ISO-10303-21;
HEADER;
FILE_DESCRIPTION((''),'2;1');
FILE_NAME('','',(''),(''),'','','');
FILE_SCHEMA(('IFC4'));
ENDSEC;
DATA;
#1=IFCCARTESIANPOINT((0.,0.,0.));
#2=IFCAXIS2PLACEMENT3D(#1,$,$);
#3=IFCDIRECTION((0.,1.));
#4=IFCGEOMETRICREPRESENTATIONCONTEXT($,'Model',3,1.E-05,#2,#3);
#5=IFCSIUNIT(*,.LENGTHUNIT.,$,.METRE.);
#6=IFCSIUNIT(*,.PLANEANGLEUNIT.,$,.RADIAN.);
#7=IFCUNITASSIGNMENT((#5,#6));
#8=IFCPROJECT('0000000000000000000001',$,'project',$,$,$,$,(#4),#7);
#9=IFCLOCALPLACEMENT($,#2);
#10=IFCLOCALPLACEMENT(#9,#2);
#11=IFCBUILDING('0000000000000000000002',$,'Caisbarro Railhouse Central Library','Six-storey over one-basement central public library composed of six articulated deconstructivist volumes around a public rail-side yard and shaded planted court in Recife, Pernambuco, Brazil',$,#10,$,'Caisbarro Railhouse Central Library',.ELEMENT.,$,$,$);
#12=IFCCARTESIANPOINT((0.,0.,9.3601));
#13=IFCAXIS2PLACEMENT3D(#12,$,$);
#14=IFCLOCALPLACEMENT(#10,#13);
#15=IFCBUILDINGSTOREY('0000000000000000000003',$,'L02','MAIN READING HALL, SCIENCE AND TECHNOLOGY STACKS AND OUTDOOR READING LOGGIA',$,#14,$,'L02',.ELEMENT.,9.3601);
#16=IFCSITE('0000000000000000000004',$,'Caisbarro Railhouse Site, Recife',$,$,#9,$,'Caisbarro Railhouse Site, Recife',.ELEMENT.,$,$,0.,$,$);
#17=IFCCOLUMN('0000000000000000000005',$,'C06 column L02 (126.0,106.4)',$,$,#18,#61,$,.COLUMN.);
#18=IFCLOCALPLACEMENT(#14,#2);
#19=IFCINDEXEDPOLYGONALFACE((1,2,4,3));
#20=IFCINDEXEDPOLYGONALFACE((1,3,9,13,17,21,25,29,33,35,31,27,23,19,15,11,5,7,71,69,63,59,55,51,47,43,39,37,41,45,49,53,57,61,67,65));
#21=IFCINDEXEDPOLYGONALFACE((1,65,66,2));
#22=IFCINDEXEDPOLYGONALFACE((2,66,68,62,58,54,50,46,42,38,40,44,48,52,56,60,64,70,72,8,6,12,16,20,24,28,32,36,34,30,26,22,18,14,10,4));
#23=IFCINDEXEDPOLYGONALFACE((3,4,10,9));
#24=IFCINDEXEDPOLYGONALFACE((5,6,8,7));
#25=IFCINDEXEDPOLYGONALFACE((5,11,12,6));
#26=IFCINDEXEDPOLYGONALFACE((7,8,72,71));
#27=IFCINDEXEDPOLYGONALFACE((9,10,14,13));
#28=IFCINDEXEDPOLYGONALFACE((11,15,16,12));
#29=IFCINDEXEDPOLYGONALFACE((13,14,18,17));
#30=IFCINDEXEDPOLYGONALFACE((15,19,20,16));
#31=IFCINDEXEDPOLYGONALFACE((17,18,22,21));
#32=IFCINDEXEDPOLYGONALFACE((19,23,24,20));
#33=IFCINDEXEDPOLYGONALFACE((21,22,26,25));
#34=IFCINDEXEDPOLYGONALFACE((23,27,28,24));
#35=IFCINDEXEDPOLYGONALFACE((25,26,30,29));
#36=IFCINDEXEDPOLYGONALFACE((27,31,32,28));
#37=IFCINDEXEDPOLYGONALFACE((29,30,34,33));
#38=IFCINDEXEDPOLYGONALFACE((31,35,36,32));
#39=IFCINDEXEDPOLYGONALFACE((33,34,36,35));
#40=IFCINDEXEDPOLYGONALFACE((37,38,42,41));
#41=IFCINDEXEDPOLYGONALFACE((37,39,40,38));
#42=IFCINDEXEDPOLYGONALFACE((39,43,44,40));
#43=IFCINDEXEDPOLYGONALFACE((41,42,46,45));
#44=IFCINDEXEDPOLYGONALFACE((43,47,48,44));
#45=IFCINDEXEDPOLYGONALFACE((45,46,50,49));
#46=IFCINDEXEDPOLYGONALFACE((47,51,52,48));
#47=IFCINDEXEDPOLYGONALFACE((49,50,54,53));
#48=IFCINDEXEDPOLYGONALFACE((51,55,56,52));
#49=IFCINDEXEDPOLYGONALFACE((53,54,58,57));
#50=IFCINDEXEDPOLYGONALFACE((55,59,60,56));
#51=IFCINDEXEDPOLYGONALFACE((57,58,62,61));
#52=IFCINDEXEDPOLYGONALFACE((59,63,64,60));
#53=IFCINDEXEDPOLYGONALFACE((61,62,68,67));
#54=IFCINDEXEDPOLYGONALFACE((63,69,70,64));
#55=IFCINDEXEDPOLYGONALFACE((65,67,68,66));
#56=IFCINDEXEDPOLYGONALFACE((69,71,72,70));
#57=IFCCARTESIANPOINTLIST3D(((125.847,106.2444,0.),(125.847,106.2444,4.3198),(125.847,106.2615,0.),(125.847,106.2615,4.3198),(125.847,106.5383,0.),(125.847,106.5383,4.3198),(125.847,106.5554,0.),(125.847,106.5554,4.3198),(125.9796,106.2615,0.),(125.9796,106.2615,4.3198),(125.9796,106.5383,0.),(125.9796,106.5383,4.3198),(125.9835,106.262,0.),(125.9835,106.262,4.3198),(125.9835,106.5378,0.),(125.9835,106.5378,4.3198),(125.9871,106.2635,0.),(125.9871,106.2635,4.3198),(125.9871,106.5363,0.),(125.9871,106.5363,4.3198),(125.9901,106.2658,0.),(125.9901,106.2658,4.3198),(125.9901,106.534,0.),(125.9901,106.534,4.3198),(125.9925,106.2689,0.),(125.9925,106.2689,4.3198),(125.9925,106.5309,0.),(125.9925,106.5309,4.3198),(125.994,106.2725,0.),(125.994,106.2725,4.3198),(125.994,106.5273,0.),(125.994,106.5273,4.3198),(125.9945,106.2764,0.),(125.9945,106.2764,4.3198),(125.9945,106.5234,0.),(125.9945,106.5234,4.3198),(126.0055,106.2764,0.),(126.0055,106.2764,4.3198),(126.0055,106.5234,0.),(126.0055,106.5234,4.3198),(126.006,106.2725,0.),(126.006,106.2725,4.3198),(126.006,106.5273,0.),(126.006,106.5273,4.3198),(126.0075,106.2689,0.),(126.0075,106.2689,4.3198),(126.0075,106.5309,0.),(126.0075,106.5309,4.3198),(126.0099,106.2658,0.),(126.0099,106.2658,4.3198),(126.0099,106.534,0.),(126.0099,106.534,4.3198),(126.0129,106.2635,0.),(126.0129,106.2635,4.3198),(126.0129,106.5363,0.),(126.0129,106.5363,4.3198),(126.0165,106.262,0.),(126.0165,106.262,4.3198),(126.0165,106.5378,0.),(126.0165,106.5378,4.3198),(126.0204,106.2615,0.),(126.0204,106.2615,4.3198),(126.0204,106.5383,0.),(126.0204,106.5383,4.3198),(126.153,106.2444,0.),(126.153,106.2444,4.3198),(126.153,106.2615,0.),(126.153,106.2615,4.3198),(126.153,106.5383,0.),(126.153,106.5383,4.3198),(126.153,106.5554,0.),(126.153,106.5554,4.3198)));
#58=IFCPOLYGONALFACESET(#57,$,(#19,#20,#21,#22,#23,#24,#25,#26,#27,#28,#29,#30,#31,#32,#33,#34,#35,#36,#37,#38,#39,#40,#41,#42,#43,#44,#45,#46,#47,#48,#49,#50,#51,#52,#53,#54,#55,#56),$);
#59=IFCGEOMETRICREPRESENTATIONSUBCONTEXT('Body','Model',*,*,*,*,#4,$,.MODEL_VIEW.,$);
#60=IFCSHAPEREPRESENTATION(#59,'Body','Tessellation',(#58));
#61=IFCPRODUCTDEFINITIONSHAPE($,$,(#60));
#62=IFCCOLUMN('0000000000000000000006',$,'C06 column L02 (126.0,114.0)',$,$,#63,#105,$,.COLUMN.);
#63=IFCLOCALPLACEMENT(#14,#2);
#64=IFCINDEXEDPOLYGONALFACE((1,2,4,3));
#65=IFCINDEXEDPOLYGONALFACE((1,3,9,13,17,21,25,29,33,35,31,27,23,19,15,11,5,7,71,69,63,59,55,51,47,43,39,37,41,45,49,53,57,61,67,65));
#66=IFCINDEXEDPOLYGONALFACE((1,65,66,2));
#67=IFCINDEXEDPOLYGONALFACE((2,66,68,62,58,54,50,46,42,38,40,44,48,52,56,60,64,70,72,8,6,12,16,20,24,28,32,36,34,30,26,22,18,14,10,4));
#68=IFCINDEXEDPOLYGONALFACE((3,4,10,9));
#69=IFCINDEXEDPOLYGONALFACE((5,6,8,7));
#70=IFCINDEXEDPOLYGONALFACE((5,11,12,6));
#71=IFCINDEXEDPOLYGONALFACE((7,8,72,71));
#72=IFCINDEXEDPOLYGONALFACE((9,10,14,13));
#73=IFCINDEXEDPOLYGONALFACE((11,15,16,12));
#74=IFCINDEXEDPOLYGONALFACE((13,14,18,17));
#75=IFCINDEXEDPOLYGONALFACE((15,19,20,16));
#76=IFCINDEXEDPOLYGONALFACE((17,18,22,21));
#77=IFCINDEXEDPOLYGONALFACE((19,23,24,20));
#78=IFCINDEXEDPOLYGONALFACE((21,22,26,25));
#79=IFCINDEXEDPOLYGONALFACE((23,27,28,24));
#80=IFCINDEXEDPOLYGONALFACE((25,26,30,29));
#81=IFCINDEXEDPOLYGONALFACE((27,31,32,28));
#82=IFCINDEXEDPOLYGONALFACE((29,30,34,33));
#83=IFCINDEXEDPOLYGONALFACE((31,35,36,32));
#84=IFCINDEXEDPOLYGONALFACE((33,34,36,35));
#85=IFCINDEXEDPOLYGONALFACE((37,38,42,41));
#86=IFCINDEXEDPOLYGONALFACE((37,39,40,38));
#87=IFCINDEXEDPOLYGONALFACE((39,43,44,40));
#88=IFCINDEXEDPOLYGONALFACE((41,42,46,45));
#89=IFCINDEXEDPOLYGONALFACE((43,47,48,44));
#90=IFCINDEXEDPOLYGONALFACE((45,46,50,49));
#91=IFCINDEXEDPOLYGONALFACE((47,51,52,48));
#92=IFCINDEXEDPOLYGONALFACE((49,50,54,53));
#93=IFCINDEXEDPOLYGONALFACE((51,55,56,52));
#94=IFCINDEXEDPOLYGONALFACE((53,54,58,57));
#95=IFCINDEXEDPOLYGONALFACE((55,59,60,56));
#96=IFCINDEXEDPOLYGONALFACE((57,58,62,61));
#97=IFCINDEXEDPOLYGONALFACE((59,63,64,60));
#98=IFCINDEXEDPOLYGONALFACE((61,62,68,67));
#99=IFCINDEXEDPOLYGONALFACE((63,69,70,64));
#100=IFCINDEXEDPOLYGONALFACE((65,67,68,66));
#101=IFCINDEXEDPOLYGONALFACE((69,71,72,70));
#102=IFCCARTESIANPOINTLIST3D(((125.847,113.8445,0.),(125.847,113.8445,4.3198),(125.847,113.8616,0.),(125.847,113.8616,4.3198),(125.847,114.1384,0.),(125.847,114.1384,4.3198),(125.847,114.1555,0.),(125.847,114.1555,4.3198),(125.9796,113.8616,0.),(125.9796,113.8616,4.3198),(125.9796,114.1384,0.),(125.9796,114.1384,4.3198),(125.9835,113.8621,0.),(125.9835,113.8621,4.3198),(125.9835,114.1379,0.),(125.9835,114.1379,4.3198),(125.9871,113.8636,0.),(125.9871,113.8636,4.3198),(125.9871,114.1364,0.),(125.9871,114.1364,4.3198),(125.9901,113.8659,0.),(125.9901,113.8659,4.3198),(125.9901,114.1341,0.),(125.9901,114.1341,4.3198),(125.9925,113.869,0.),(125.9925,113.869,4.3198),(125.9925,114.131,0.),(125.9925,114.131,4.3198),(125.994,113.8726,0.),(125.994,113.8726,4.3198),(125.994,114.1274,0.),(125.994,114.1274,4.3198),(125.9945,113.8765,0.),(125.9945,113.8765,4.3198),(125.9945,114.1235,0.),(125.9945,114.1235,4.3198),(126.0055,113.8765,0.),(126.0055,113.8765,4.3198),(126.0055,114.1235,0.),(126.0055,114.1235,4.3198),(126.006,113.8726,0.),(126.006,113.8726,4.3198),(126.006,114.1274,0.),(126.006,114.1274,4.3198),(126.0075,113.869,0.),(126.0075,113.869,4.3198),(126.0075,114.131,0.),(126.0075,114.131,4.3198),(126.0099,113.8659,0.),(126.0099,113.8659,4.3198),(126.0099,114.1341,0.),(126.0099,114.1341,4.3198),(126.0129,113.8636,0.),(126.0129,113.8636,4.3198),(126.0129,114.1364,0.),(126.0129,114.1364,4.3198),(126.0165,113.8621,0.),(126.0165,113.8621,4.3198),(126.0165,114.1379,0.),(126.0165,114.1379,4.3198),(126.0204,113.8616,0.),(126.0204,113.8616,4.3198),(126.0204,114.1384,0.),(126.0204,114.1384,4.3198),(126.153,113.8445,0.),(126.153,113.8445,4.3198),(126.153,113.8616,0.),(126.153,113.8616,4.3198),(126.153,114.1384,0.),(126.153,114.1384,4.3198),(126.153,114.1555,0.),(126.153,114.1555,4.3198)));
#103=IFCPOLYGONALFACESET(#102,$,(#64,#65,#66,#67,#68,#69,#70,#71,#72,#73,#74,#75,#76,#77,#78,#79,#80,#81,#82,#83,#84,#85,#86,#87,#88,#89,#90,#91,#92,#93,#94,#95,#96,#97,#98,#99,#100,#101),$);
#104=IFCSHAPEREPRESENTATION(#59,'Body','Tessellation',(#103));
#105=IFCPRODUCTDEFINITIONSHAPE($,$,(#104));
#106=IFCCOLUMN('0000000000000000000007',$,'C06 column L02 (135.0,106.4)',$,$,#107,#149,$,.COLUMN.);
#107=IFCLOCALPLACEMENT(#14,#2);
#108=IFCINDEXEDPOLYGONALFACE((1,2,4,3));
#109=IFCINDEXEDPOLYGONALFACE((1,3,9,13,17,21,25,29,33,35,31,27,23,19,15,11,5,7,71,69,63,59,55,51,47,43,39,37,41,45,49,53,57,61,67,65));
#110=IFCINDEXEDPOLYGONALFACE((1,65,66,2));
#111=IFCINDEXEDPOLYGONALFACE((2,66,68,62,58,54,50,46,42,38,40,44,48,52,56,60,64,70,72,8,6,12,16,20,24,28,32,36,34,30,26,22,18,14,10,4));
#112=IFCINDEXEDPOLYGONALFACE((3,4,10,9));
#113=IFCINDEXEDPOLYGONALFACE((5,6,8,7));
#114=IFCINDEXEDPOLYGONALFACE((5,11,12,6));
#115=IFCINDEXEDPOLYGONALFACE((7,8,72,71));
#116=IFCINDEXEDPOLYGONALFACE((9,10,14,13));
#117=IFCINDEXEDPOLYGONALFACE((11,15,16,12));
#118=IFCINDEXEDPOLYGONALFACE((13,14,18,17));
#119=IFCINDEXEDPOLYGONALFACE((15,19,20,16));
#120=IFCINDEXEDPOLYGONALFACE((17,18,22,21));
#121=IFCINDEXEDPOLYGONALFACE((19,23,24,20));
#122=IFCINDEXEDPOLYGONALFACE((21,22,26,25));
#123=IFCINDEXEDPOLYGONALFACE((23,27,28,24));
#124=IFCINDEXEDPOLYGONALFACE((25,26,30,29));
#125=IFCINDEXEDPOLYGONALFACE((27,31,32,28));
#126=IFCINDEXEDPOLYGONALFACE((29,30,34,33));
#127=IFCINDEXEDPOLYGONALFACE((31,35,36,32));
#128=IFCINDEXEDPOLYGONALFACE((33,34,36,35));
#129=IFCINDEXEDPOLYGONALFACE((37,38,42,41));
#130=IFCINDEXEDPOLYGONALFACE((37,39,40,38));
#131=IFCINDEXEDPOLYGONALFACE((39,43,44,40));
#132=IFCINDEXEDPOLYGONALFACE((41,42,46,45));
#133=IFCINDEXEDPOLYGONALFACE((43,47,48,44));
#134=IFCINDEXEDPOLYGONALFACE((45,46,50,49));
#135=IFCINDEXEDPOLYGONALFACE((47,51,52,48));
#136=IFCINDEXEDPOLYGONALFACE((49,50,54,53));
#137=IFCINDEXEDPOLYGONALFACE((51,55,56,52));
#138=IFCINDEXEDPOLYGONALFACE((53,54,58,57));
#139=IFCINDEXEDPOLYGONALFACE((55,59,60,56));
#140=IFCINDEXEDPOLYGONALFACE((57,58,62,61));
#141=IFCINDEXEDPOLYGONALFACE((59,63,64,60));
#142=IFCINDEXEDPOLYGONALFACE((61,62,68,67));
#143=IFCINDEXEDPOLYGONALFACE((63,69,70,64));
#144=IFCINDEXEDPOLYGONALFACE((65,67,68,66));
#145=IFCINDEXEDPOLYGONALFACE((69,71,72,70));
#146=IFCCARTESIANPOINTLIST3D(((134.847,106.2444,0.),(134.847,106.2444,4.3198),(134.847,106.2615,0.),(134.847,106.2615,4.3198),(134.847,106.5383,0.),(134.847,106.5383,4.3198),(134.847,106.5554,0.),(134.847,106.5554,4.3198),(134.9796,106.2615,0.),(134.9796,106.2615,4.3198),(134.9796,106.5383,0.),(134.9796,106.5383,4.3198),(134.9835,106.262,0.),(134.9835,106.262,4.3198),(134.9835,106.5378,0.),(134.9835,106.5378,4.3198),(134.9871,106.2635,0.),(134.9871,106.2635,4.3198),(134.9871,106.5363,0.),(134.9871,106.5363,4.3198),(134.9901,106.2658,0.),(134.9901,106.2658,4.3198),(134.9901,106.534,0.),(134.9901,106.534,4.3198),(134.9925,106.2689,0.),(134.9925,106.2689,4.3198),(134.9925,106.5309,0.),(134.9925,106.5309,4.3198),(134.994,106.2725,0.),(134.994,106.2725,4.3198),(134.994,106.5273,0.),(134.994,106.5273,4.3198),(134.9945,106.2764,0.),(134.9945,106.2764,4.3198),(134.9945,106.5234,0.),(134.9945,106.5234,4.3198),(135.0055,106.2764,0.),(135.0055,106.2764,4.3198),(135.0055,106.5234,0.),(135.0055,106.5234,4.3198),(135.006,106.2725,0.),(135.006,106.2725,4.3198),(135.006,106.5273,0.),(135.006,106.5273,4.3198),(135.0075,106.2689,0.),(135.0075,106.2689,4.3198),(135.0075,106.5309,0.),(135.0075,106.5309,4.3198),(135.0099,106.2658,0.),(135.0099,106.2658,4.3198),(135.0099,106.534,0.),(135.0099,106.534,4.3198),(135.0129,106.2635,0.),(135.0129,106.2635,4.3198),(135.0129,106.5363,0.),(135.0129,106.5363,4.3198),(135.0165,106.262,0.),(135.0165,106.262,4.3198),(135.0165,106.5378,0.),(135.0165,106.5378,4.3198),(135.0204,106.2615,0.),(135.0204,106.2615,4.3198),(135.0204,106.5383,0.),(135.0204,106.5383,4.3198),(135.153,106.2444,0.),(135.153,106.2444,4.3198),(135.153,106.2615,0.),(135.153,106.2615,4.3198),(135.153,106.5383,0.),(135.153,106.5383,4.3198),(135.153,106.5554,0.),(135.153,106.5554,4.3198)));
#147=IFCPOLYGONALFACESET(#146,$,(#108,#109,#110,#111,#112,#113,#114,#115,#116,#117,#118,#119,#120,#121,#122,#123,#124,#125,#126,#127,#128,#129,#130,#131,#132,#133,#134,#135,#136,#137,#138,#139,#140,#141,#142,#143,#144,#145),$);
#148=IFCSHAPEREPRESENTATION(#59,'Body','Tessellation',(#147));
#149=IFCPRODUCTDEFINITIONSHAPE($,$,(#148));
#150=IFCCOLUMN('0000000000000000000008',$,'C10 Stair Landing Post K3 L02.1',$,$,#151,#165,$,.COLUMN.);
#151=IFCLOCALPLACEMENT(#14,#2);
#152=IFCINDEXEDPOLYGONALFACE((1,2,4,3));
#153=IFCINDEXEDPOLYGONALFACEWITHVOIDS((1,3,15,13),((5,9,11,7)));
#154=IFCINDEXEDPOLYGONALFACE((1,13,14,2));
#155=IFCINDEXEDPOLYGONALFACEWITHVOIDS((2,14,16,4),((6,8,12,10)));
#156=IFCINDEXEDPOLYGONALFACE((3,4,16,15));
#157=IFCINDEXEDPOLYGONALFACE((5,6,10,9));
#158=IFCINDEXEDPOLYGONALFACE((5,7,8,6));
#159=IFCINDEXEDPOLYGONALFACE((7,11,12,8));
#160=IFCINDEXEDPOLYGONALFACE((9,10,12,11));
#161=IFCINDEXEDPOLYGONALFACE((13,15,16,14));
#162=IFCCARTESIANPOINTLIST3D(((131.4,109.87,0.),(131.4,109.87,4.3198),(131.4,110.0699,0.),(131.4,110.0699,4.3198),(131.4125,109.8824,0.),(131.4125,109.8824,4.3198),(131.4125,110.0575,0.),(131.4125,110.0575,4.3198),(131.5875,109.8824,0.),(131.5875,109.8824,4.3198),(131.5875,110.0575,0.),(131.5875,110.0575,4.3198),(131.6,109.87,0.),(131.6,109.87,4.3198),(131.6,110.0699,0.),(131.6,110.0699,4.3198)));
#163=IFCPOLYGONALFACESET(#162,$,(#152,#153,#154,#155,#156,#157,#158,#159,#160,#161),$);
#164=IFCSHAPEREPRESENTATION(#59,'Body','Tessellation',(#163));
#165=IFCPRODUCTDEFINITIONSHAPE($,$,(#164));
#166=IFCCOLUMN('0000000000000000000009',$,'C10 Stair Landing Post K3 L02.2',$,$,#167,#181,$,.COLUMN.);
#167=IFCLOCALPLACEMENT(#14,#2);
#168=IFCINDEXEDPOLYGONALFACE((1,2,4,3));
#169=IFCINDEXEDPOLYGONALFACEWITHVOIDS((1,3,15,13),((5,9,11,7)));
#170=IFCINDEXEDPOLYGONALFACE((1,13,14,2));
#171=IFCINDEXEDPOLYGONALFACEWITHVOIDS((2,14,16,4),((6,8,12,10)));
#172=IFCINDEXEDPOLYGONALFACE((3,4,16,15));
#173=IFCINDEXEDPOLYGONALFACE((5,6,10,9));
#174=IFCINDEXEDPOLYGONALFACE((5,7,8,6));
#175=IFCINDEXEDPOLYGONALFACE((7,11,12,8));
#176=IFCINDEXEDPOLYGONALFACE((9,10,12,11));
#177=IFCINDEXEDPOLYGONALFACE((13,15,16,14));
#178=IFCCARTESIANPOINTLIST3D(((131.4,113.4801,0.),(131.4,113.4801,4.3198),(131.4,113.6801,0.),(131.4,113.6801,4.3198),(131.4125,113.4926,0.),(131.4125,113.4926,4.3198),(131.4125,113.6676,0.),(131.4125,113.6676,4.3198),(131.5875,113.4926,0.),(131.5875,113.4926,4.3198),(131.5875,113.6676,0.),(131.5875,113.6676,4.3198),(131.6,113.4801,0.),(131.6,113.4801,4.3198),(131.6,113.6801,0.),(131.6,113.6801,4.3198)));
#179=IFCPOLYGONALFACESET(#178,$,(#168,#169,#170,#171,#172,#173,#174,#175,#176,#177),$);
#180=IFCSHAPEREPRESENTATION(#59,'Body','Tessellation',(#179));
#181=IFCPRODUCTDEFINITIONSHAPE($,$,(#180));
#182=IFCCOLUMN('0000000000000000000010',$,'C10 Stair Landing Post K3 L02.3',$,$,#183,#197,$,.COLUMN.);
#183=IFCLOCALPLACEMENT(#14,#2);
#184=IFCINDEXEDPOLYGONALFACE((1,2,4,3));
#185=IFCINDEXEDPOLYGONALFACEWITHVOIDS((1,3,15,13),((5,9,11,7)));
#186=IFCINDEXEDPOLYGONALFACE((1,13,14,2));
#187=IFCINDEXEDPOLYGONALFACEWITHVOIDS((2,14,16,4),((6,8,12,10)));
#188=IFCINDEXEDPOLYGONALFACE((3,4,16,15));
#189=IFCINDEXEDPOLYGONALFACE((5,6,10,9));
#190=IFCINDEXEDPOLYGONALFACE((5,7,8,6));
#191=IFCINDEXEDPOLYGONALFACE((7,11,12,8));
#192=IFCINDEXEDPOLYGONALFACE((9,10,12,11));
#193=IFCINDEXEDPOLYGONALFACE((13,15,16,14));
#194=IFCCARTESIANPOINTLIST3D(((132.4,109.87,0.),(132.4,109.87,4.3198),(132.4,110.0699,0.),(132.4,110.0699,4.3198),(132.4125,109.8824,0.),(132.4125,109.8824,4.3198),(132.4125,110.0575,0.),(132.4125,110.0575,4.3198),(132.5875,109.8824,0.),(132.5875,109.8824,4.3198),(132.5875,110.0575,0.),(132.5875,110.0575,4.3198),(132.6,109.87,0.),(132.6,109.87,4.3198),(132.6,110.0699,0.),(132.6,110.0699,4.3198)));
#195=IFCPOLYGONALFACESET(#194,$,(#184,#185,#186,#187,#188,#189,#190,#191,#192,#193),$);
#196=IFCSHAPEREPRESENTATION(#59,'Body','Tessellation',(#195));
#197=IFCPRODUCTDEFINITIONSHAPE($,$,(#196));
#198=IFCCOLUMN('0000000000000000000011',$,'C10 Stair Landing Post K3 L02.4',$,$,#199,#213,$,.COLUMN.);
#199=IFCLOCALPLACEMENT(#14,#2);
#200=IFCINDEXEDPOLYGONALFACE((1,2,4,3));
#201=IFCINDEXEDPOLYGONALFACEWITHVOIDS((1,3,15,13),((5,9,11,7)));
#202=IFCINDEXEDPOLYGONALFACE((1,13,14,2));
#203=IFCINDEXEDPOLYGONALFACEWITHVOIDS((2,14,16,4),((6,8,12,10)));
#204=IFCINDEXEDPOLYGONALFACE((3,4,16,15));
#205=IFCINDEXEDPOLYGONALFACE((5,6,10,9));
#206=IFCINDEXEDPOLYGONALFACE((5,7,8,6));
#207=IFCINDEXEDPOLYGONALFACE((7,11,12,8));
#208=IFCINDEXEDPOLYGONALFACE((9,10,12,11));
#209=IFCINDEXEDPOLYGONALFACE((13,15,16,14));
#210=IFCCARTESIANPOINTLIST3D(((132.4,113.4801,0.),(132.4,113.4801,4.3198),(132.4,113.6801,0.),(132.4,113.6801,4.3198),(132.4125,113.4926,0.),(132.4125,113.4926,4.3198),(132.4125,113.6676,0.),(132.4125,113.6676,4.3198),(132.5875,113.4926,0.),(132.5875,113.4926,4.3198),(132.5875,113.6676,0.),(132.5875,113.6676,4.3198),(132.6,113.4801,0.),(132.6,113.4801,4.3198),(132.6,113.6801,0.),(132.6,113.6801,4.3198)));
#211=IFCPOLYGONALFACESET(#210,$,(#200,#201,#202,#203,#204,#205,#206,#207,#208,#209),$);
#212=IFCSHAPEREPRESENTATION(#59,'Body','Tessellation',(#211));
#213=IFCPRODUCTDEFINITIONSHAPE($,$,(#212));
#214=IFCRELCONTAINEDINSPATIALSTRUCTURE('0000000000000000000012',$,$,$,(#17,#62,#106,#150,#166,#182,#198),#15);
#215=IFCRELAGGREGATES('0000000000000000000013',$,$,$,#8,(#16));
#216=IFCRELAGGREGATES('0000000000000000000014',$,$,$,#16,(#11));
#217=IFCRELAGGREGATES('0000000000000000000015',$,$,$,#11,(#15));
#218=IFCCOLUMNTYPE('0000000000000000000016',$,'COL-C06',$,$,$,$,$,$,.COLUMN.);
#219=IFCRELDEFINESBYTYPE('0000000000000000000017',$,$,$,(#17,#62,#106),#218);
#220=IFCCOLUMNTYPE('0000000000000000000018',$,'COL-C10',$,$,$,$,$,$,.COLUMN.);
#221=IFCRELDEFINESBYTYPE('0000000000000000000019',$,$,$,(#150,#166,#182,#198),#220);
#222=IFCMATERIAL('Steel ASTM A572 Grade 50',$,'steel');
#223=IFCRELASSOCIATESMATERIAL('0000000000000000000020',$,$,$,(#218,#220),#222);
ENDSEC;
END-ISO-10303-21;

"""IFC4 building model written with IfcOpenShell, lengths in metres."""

from ifc_helpers import new_model, si_unit, direction, frame, origin, origin_2d, place, context, subcontext, project, spatial, hollow_rectangle, i_section, extrude, material, material_profile, profile_set, type_object, element, save


model = new_model("IFC4")

# Units and contexts
model_context = context("Model", 3, precision=1e-05, world=origin(), true_north=direction((0.0, 1.0)))
body_context = subcontext(model_context, "Body", "Model", "MODEL_VIEW")
ifc_project = project(units=[si_unit("LENGTHUNIT", "METRE"), si_unit("PLANEANGLEUNIT", "RADIAN")], contexts=[model_context])

# Site, building, storey
site_placement = place(None, origin())
site = spatial("IfcSite", under=ifc_project, at=site_placement, Name="Caisbarro Railhouse Site, Recife", LongName="Caisbarro Railhouse Site, Recife", CompositionType="ELEMENT", RefElevation=0.0)
building_placement = place(site_placement, origin())
building = spatial("IfcBuilding", under=site, at=building_placement, Name="Caisbarro Railhouse Central Library", Description="Six-storey over one-basement central public library composed of six articulated deconstructivist volumes around a public rail-side yard and shaded planted court in Recife, Pernambuco, Brazil", LongName="Caisbarro Railhouse Central Library", CompositionType="ELEMENT")
storey_placement = place(building_placement, frame((0.0, 0.0, 9.3601)))
storey = spatial("IfcBuildingStorey", under=building, at=storey_placement, Name="L02", Description="MAIN READING HALL, SCIENCE AND TECHNOLOGY STACKS AND OUTDOOR READING LOGGIA", LongName="L02", CompositionType="ELEMENT", Elevation=9.3601)

# Columns
ifc_material_1 = material(Name="Steel ASTM A572 Grade 50", Category="steel")
ifc_material_profile_1 = material_profile(ifc_material_1, i_section(OverallWidth=0.3059, OverallDepth=0.311, WebThickness=0.011, FlangeThickness=0.0171, FilletRadius=0.0149, at=origin_2d()), Name="W310X107.0")
ifc_profile_set_1 = profile_set([ifc_material_profile_1], Name="Steel ASTM A572 Grade 50")
column_type_1 = type_object("IfcColumnType", Name="COL-C06", PredefinedType="COLUMN", material=ifc_profile_set_1)
for number, where, z_axis, x_axis, name in (
    (1, (126.0, 106.3999, 0.0), (0.0, 0.0, 1.0), (1.0, 0.0, 0.0), "C06 column L02 (126.0,106.4)"),
    (2, (126.0, 114.0, 0.0), (0.0, 0.0, 1.0), (1.0, 0.0, 0.0), "C06 column L02 (126.0,114.0)"),
    (3, (135.0, 106.3999, 0.0), (0.0, 0.0, 1.0), (1.0, 0.0, 0.0), "C06 column L02 (135.0,106.4)"),
):
    element("IfcColumn", number, at=place(storey_placement, frame(where, z_axis=z_axis, x_axis=x_axis)), inside=storey, type_object=column_type_1, Name=name, PredefinedType="COLUMN", context=body_context, shape_type="SweptSolid", body=[
        extrude(i_section(OverallWidth=0.3059, OverallDepth=0.311, WebThickness=0.011, FlangeThickness=0.0171, FilletRadius=0.0149, at=origin_2d()), origin(), (0.0, 0.0, 1.0), 4.3198),
    ])
ifc_material_profile_2 = material_profile(ifc_material_1, hollow_rectangle(XDim=0.2, YDim=0.2, WallThickness=0.0125, at=origin_2d()), Name="HSS200X200X12.5")
ifc_profile_set_2 = profile_set([ifc_material_profile_2], Name="Steel ASTM A572 Grade 50")
column_type_2 = type_object("IfcColumnType", Name="COL-C10", PredefinedType="COLUMN", material=ifc_profile_set_2)
for number, where, z_axis, x_axis, name in (
    (4, (131.5, 109.97, 0.0), (0.0, 0.0, 1.0), (1.0, 0.0, 0.0), "C10 Stair Landing Post K3 L02.1"),
    (5, (131.5, 113.5801, 0.0), (0.0, 0.0, 1.0), (1.0, 0.0, 0.0), "C10 Stair Landing Post K3 L02.2"),
    (6, (132.5, 109.97, 0.0), (0.0, 0.0, 1.0), (1.0, 0.0, 0.0), "C10 Stair Landing Post K3 L02.3"),
    (7, (132.5, 113.5801, 0.0), (0.0, 0.0, 1.0), (1.0, 0.0, 0.0), "C10 Stair Landing Post K3 L02.4"),
):
    element("IfcColumn", number, at=place(storey_placement, frame(where, z_axis=z_axis, x_axis=x_axis)), inside=storey, type_object=column_type_2, Name=name, PredefinedType="COLUMN", context=body_context, shape_type="SweptSolid", body=[
        extrude(hollow_rectangle(XDim=0.2, YDim=0.2, WallThickness=0.0125, at=origin_2d()), origin(), (0.0, 0.0, 1.0), 4.3198),
    ])

save(model, "model.ifc")
